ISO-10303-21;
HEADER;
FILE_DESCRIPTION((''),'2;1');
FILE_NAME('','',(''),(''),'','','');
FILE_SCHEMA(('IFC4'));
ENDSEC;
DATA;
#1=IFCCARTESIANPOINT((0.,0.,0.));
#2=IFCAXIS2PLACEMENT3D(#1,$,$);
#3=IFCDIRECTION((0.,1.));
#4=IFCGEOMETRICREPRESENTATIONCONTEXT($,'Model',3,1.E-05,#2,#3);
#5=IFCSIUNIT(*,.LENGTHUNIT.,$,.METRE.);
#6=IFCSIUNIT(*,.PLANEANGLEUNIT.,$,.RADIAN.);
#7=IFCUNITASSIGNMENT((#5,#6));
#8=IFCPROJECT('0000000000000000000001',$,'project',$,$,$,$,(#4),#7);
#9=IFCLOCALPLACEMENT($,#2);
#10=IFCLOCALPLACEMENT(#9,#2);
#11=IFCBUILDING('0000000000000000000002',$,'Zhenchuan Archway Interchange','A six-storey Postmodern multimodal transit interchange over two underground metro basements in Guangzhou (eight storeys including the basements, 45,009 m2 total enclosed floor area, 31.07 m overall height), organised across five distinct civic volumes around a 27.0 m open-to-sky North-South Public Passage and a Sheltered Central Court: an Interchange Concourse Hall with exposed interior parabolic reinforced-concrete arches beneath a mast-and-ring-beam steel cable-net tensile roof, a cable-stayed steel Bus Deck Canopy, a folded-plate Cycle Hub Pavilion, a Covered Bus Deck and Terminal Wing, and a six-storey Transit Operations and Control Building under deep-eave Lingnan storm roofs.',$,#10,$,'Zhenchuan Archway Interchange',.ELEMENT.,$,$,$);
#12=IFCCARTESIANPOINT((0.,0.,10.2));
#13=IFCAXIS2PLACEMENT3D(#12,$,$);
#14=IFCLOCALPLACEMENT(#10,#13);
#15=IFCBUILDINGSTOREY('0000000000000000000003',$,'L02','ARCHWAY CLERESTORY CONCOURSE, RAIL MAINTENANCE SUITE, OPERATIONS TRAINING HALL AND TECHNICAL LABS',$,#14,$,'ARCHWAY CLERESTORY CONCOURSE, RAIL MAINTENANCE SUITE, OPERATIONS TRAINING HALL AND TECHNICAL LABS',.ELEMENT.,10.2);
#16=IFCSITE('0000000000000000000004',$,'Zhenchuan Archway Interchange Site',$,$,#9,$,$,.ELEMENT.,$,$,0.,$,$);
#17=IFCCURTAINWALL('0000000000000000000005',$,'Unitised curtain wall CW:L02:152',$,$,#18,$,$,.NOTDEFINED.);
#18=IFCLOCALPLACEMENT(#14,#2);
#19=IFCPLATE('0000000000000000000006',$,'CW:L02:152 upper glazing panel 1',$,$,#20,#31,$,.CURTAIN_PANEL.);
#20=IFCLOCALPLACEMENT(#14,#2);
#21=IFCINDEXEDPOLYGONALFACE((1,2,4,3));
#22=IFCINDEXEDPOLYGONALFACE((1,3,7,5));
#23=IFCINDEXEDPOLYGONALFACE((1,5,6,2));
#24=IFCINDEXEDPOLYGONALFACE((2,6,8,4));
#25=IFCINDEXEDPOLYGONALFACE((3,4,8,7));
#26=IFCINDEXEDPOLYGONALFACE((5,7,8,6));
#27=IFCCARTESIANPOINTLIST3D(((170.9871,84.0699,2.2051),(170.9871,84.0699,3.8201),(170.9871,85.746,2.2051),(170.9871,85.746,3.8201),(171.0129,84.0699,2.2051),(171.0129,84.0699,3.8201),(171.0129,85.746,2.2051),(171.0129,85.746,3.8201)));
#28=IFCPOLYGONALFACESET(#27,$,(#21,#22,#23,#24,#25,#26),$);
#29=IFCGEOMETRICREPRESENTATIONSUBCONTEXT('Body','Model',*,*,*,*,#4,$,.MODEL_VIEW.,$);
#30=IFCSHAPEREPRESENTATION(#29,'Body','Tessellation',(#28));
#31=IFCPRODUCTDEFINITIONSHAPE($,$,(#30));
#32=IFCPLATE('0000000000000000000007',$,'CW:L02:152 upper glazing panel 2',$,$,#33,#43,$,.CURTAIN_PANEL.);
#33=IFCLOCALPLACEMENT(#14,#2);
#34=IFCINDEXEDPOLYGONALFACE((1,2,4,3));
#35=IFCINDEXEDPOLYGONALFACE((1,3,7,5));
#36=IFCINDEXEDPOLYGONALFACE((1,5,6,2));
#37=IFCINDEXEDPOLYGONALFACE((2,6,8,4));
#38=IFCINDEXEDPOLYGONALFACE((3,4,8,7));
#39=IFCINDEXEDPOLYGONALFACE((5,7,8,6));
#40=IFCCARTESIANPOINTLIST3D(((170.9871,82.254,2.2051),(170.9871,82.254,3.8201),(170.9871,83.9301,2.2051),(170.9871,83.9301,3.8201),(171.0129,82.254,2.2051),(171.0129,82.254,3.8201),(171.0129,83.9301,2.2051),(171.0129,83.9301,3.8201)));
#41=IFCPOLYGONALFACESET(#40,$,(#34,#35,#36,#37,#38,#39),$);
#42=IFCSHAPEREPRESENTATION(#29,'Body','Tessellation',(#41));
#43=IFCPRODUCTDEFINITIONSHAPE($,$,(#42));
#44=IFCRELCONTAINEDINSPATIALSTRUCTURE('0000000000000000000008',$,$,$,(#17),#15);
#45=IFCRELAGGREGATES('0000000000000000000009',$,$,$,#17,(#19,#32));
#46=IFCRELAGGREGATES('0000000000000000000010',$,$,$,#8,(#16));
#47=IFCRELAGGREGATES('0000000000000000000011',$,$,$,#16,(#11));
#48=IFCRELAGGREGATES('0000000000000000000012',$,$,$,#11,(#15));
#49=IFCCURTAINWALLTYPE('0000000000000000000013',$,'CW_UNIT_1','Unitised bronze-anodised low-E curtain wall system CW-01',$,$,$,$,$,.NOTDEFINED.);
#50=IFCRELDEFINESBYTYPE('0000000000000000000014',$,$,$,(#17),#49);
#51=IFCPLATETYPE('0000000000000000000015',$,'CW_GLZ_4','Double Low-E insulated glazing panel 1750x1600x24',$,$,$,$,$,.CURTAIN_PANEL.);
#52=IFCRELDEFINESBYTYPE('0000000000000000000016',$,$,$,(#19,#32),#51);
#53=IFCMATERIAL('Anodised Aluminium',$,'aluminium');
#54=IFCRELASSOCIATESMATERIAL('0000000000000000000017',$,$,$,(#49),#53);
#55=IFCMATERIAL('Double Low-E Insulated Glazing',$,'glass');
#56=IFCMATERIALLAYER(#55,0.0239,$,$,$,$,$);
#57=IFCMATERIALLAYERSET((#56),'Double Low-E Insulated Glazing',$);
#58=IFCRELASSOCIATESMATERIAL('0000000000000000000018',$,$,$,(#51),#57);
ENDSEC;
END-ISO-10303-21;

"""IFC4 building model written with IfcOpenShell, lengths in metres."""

from ifc_helpers import new_model, si_unit, direction, frame, origin, origin_2d, place, context, subcontext, project, spatial, rectangle, extrude, material, layer, layer_set, type_object, element, aggregate, save


model = new_model("IFC4")

# Units and contexts
model_context = context("Model", 3, precision=1e-05, world=origin(), true_north=direction((0.0, 1.0)))
body_context = subcontext(model_context, "Body", "Model", "MODEL_VIEW")
ifc_project = project(units=[si_unit("LENGTHUNIT", "METRE"), si_unit("PLANEANGLEUNIT", "RADIAN")], contexts=[model_context])

# Site, building, storey
site_placement = place(None, origin())
site = spatial("IfcSite", under=ifc_project, at=site_placement, Name="Zhenchuan Archway Interchange Site", CompositionType="ELEMENT", RefElevation=0.0)
building_placement = place(site_placement, origin())
building = spatial("IfcBuilding", under=site, at=building_placement, Name="Zhenchuan Archway Interchange", Description="A six-storey Postmodern multimodal transit interchange over two underground metro basements in Guangzhou (eight storeys including the basements, 45,009 m2 total enclosed floor area, 31.07 m overall height), organised across five distinct civic volumes around a 27.0 m open-to-sky North-South Public Passage and a Sheltered Central Court: an Interchange Concourse Hall with exposed interior parabolic reinforced-concrete arches beneath a mast-and-ring-beam steel cable-net tensile roof, a cable-stayed steel Bus Deck Canopy, a folded-plate Cycle Hub Pavilion, a Covered Bus Deck and Terminal Wing, and a six-storey Transit Operations and Control Building under deep-eave Lingnan storm roofs.", LongName="Zhenchuan Archway Interchange", CompositionType="ELEMENT")
storey_placement = place(building_placement, frame((0.0, 0.0, 10.2)))
storey = spatial("IfcBuildingStorey", under=building, at=storey_placement, Name="L02", Description="ARCHWAY CLERESTORY CONCOURSE, RAIL MAINTENANCE SUITE, OPERATIONS TRAINING HALL AND TECHNICAL LABS", LongName="ARCHWAY CLERESTORY CONCOURSE, RAIL MAINTENANCE SUITE, OPERATIONS TRAINING HALL AND TECHNICAL LABS", CompositionType="ELEMENT", Elevation=10.2)

# Curtain wall, plates
ifc_material_1 = material(Name="Anodised Aluminium", Category="aluminium")
curtain_wall_type = type_object("IfcCurtainWallType", Name="CW_UNIT_1", Description="Unitised bronze-anodised low-E curtain wall system CW-01", PredefinedType="NOTDEFINED", material=ifc_material_1)
curtain_wall_placement = place(storey_placement, origin())
curtain_wall = element("IfcCurtainWall", 1, at=curtain_wall_placement, inside=storey, type_object=curtain_wall_type, Name="Unitised curtain wall CW:L02:152", PredefinedType="NOTDEFINED")
ifc_material_2 = material(Name="Double Low-E Insulated Glazing", Category="glass")
ifc_layer_1 = layer(ifc_material_2, 0.0239)
ifc_layer_set_1 = layer_set([ifc_layer_1], Name="Double Low-E Insulated Glazing")
plate_type_1 = type_object("IfcPlateType", Name="CW_GLZ_4", Description="Double Low-E insulated glazing panel 1750x1600x24", PredefinedType="CURTAIN_PANEL", material=ifc_layer_set_1)
plate_1_placement = place(storey_placement, frame((171.0, 84.908, 2.2051), z_axis=(0.0, 0.0, 1.0), x_axis=(0.0, -1.0, 0.0)))
plate_1 = element("IfcPlate", 2, at=plate_1_placement, type_object=plate_type_1, Name="CW:L02:152 upper glazing panel 1", PredefinedType="CURTAIN_PANEL", context=body_context, shape_type="SweptSolid", body=[
    extrude(rectangle(XDim=1.676, YDim=0.0259, at=origin_2d()), origin(), (0.0, 0.0, 1.0), 1.615),
])
plate_2_placement = place(storey_placement, frame((171.0, 83.092, 2.2051), z_axis=(0.0, 0.0, 1.0), x_axis=(0.0, -1.0, 0.0)))
plate_2 = element("IfcPlate", 3, at=plate_2_placement, type_object=plate_type_1, Name="CW:L02:152 upper glazing panel 2", PredefinedType="CURTAIN_PANEL", context=body_context, shape_type="SweptSolid", body=[
    extrude(rectangle(XDim=1.676, YDim=0.0259, at=origin_2d()), origin(), (0.0, 0.0, 1.0), 1.615),
])
aggregate(curtain_wall, [plate_1, plate_2])

save(model, "model.ifc")
